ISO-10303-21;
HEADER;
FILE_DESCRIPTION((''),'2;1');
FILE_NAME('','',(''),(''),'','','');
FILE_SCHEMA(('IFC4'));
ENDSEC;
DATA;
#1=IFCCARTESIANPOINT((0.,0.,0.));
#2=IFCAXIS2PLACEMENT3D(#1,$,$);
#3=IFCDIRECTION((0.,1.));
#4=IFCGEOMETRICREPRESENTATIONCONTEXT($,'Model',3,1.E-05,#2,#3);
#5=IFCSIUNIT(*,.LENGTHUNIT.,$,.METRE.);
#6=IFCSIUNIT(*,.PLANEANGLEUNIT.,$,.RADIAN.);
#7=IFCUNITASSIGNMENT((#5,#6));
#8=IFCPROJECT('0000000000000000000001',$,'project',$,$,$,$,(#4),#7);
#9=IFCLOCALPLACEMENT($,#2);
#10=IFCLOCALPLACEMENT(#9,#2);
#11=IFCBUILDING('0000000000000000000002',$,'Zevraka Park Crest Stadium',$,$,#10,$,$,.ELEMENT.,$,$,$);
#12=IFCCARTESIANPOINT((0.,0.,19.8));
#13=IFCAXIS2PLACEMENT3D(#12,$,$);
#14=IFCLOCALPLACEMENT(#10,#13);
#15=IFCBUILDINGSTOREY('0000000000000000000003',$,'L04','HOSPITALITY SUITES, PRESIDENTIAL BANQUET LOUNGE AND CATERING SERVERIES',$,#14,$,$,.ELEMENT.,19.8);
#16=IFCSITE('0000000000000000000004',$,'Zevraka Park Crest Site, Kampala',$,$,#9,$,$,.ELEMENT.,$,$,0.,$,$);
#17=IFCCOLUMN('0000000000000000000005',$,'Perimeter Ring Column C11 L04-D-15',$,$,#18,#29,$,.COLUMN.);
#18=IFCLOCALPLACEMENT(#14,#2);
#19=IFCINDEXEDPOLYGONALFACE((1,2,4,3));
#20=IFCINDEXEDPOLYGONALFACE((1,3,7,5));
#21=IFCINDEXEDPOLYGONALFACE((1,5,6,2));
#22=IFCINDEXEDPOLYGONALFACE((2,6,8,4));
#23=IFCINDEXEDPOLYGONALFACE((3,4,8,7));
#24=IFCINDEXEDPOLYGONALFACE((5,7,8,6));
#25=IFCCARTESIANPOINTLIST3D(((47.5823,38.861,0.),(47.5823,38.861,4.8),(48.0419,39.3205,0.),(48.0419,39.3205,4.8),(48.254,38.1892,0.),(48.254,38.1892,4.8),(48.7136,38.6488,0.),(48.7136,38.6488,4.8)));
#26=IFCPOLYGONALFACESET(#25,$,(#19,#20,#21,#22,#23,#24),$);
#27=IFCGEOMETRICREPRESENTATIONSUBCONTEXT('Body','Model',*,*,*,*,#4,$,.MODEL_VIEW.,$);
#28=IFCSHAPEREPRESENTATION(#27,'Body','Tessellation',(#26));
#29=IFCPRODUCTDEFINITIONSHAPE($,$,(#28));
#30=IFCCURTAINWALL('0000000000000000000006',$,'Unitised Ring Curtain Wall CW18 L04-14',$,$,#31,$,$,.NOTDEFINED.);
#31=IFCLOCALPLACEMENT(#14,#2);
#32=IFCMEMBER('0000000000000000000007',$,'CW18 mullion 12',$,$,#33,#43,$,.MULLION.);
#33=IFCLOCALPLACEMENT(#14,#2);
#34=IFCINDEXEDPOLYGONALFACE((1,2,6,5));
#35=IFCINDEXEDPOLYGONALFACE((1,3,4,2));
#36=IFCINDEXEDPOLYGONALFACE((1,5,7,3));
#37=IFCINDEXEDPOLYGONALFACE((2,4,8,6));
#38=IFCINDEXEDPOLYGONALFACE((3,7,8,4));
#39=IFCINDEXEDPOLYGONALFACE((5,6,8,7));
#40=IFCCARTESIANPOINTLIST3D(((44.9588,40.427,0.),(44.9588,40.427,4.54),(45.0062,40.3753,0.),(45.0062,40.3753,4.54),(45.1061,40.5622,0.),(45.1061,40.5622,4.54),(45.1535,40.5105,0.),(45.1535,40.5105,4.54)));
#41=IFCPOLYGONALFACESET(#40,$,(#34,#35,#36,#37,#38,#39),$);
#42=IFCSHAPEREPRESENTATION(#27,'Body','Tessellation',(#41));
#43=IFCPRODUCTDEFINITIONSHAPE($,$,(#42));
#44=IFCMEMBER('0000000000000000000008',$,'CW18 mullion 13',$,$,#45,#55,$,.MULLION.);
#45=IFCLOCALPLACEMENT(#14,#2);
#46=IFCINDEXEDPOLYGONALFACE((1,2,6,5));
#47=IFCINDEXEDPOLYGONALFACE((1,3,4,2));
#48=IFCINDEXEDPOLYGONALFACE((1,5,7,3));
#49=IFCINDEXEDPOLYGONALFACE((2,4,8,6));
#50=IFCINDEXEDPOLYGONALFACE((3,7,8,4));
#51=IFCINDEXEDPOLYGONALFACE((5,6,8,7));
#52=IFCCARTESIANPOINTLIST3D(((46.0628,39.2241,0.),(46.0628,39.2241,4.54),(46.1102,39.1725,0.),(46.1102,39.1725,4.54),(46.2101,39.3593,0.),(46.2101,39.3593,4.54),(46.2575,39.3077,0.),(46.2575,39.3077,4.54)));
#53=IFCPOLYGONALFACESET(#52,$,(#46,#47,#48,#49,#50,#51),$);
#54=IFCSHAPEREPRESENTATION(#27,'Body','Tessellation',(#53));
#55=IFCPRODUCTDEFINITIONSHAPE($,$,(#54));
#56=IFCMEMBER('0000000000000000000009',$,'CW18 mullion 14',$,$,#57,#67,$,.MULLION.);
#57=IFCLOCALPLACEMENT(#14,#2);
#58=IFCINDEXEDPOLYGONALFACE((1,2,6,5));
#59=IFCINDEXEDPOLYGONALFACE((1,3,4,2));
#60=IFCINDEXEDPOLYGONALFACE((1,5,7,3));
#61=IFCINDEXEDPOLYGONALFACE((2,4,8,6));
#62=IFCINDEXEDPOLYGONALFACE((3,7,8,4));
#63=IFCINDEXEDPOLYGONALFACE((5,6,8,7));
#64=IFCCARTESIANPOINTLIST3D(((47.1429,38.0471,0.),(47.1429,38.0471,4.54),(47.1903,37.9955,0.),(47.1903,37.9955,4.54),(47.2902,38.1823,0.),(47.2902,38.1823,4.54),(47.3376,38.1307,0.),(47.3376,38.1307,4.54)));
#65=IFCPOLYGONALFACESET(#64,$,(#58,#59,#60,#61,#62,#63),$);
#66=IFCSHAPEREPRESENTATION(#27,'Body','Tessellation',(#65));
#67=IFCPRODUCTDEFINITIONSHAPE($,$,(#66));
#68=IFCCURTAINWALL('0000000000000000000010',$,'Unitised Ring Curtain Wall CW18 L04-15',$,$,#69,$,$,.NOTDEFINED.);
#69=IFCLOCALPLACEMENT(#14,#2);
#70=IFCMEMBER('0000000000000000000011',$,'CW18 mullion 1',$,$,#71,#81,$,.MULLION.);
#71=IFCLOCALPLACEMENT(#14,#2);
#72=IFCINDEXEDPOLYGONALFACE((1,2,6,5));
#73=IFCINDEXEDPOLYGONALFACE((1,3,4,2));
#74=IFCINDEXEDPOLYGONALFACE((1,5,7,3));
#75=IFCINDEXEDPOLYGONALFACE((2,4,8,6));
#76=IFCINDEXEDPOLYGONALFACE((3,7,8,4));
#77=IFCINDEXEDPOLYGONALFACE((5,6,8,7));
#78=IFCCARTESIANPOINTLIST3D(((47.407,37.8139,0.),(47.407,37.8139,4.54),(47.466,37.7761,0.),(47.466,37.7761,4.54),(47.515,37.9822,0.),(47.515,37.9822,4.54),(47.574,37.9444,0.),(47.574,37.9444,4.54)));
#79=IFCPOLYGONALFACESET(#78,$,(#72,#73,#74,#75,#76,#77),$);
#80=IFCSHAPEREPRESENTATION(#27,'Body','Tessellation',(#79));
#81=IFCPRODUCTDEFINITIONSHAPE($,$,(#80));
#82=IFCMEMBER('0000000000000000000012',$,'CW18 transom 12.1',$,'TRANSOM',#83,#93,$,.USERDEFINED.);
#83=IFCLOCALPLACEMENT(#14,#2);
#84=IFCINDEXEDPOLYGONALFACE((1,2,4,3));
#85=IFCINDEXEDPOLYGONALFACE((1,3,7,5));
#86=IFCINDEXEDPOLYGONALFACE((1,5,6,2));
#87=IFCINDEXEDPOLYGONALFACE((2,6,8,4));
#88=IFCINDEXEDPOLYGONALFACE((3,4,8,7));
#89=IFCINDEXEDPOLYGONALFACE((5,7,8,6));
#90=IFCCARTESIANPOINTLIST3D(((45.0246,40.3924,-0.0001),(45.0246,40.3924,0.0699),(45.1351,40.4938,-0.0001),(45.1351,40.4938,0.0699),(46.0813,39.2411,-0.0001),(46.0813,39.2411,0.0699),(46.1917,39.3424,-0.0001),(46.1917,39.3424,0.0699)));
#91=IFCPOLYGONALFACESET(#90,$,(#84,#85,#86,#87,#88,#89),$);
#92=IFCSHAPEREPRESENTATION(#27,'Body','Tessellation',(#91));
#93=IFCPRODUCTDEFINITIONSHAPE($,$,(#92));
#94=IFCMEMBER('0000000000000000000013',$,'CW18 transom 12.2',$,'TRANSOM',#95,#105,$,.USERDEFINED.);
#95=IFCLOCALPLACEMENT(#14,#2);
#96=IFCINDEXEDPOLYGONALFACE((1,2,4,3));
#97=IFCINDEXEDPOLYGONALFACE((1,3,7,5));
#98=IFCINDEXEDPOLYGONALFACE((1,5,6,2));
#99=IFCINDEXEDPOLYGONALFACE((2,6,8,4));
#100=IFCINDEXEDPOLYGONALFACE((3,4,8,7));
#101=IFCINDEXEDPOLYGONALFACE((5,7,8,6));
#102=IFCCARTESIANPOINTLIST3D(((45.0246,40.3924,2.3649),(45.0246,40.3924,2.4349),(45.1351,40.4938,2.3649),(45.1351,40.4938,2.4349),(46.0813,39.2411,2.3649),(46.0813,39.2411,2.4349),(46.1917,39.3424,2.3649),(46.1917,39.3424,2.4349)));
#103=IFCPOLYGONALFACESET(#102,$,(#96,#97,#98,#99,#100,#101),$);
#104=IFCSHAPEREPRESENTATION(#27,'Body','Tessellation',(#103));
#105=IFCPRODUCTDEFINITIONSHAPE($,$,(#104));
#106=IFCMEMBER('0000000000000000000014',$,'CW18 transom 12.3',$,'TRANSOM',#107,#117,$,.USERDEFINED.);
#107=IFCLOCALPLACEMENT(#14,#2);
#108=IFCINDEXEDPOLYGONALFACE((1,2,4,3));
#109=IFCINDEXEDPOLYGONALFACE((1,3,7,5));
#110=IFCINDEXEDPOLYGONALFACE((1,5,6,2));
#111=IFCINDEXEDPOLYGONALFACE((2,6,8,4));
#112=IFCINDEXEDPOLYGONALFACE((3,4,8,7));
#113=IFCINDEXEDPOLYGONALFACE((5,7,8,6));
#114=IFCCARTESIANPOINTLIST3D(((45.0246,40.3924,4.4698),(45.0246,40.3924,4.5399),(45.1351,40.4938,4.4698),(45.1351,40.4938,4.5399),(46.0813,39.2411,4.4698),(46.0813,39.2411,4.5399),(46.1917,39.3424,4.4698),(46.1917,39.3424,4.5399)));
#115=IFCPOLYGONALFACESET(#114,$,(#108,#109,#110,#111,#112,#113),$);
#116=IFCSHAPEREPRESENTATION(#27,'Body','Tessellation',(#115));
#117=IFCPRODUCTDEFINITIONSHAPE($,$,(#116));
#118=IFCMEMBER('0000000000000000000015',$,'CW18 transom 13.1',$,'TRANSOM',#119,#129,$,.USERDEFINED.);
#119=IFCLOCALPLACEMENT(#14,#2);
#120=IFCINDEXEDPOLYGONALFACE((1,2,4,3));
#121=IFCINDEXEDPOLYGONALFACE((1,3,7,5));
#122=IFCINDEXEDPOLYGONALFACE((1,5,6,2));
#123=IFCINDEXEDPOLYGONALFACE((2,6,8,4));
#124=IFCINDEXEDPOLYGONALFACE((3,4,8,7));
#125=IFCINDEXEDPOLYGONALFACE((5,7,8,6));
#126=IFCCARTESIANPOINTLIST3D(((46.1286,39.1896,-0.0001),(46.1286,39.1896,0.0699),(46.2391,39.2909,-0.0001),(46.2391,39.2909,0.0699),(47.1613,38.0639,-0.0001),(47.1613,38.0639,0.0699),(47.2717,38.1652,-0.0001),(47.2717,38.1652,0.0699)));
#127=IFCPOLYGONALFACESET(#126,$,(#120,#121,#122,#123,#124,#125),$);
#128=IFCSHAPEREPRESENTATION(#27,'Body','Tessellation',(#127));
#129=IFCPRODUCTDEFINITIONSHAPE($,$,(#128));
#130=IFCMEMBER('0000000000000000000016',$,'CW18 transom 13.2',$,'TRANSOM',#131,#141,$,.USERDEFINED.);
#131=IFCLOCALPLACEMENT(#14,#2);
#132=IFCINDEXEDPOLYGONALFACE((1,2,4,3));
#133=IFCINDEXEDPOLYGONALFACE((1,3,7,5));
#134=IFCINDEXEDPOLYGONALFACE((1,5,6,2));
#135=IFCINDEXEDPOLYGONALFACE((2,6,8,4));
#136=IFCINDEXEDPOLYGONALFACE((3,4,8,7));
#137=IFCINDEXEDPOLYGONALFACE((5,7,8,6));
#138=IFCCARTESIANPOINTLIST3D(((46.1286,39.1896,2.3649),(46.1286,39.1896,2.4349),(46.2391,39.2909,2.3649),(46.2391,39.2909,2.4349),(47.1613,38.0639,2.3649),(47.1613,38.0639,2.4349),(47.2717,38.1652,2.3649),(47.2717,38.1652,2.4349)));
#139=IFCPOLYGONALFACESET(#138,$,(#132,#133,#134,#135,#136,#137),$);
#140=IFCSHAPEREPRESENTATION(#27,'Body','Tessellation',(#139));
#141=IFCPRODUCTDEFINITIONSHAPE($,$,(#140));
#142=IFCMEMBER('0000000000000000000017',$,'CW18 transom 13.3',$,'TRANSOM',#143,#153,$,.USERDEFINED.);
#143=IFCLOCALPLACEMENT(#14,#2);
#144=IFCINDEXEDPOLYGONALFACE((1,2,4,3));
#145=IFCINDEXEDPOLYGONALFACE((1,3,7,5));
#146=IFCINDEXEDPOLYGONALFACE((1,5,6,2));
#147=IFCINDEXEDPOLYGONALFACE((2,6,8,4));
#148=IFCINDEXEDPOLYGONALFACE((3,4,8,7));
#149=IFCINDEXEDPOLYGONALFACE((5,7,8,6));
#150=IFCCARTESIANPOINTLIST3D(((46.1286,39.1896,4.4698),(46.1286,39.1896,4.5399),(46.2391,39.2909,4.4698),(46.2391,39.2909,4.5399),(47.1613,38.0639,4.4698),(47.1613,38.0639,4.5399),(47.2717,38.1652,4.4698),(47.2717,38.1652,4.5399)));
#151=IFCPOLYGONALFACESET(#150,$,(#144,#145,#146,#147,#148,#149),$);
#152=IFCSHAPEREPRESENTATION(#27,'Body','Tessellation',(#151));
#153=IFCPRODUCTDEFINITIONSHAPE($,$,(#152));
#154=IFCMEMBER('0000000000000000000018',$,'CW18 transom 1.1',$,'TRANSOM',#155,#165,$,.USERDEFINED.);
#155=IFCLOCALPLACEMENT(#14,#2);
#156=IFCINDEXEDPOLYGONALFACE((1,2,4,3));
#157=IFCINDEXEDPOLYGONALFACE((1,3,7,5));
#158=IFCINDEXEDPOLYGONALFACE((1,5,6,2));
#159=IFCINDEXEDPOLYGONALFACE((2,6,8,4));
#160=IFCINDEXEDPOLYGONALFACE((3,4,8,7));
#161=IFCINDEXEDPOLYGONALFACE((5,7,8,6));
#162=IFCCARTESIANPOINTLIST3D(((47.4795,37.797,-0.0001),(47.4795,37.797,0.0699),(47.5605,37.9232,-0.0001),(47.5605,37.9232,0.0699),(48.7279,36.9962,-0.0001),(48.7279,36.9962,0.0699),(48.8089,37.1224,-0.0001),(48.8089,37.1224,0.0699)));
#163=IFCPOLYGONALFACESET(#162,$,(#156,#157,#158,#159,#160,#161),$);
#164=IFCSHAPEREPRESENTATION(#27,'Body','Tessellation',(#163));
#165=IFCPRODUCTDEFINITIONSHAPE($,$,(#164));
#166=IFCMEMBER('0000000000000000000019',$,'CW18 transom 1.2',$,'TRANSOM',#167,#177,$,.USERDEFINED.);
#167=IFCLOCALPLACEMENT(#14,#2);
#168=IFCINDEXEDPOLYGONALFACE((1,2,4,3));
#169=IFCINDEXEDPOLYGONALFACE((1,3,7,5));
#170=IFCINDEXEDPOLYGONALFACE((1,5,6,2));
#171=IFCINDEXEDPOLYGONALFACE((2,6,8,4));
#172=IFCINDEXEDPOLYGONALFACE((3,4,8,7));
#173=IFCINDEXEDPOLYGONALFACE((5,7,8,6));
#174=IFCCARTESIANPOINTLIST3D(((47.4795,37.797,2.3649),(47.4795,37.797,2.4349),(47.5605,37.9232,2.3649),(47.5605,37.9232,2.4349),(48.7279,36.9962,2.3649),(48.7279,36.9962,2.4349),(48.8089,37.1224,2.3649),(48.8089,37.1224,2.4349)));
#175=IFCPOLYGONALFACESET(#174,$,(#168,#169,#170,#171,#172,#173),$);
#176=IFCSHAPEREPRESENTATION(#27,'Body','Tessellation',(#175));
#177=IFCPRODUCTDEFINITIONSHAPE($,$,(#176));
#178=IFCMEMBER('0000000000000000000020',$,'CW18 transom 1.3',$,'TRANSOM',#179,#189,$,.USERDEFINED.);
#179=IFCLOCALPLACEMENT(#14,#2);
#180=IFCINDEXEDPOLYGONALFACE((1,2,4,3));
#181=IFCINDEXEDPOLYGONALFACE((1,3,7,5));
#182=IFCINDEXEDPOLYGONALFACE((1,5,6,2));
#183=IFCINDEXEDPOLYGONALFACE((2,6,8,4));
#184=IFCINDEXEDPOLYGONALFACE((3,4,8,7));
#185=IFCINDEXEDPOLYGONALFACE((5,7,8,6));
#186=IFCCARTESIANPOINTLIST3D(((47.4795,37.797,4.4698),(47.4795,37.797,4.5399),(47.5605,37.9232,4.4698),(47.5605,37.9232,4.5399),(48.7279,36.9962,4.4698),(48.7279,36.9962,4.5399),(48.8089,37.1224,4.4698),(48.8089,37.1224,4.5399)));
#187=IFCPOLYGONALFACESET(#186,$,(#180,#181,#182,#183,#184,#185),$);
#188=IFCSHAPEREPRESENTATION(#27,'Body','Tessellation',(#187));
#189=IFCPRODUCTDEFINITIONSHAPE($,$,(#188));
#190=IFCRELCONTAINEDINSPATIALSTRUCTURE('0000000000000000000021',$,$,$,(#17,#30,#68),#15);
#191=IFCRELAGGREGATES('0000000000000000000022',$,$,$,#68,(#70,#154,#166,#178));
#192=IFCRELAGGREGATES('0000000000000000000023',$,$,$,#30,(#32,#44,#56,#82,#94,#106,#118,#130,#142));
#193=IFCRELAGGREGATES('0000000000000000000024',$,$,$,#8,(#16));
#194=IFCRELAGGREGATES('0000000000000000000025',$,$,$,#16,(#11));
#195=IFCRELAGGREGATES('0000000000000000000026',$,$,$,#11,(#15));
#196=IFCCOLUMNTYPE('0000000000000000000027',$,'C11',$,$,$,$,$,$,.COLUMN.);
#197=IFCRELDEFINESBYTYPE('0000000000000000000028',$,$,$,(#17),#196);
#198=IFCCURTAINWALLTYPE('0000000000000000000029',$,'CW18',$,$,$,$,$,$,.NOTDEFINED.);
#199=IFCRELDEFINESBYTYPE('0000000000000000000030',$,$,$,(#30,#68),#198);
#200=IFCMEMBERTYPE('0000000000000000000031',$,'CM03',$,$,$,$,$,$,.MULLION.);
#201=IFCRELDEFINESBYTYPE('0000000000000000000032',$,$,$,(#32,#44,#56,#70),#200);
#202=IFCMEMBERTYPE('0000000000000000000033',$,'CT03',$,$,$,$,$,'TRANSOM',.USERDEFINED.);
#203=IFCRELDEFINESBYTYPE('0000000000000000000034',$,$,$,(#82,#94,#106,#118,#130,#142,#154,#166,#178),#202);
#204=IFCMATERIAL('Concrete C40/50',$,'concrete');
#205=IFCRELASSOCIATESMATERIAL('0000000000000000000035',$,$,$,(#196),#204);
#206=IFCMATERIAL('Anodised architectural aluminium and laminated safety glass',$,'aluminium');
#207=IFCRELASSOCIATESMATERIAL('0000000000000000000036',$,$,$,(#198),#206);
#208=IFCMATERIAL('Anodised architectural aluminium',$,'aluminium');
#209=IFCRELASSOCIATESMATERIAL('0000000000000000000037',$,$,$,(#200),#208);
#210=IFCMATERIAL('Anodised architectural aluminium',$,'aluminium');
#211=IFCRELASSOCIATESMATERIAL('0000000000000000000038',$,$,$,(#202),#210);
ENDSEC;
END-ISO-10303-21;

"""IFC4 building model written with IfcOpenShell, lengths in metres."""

from ifc_helpers import new_model, si_unit, direction, frame, origin, origin_2d, place, context, subcontext, project, spatial, rectangle, extrude, material, material_profile, profile_set, type_object, element, aggregate, save


model = new_model("IFC4")

# Units and contexts
model_context = context("Model", 3, precision=1e-05, world=origin(), true_north=direction((0.0, 1.0)))
body_context = subcontext(model_context, "Body", "Model", "MODEL_VIEW")
ifc_project = project(units=[si_unit("LENGTHUNIT", "METRE"), si_unit("PLANEANGLEUNIT", "RADIAN")], contexts=[model_context])

# Site, building, storey
site_placement = place(None, origin())
site = spatial("IfcSite", under=ifc_project, at=site_placement, Name="Zevraka Park Crest Site, Kampala", CompositionType="ELEMENT", RefElevation=0.0)
building_placement = place(site_placement, origin())
building = spatial("IfcBuilding", under=site, at=building_placement, Name="Zevraka Park Crest Stadium", CompositionType="ELEMENT")
storey_placement = place(building_placement, frame((0.0, 0.0, 19.8)))
storey = spatial("IfcBuildingStorey", under=building, at=storey_placement, Name="L04", Description="HOSPITALITY SUITES, PRESIDENTIAL BANQUET LOUNGE AND CATERING SERVERIES", CompositionType="ELEMENT", Elevation=19.8)

# Column
ifc_material_1 = material(Name="Concrete C40/50", Category="concrete")
ifc_material_profile_1 = material_profile(ifc_material_1, rectangle(XDim=0.6499, YDim=0.95, at=origin_2d()), Name="RC 950x650")
ifc_profile_set_1 = profile_set([ifc_material_profile_1], Name="Concrete C40/50")
column_type = type_object("IfcColumnType", Name="C11", PredefinedType="COLUMN", material=ifc_profile_set_1)
column_placement = place(storey_placement, frame((48.1479, 38.7549, 0.0), z_axis=(0.0, 0.0, 1.0), x_axis=(0.707107, 0.707107, 0.0)))
element("IfcColumn", 1, at=column_placement, inside=storey, type_object=column_type, Name="Perimeter Ring Column C11 L04-D-15", PredefinedType="COLUMN", context=body_context, shape_type="SweptSolid", body=[
    extrude(rectangle(XDim=0.6499, YDim=0.95, at=origin_2d()), origin(), (0.0, 0.0, 1.0), 4.8),
])

# Curtain wall, members
ifc_material_2 = material(Name="Anodised architectural aluminium and laminated safety glass", Category="aluminium")
curtain_wall_type = type_object("IfcCurtainWallType", Name="CW18", PredefinedType="NOTDEFINED", material=ifc_material_2)
curtain_wall_1_placement = place(storey_placement, origin())
curtain_wall_1 = element("IfcCurtainWall", 2, at=curtain_wall_1_placement, inside=storey, type_object=curtain_wall_type, Name="Unitised Ring Curtain Wall CW18 L04-14", PredefinedType="NOTDEFINED")
ifc_material_3 = material(Name="Anodised architectural aluminium", Category="aluminium")
ifc_material_profile_2 = material_profile(ifc_material_3, rectangle(XDim=0.2, YDim=0.0701, at=origin_2d()), Name="ALU MULLION 200x70")
ifc_profile_set_2 = profile_set([ifc_material_profile_2], Name="Anodised architectural aluminium")
member_type_1 = type_object("IfcMemberType", Name="CM03", PredefinedType="MULLION", material=ifc_profile_set_2)
member_1_placement = place(storey_placement, frame((45.0562, 40.4688, 0.0), z_axis=(0.0, 0.0, 1.0), x_axis=(0.736775, 0.676138, 0.0)))
member_1 = element("IfcMember", 3, at=member_1_placement, type_object=member_type_1, Name="CW18 mullion 12", PredefinedType="MULLION", context=body_context, shape_type="SweptSolid", body=[
    extrude(rectangle(XDim=0.2, YDim=0.0701, at=origin_2d()), origin(), (0.0, 0.0, 1.0), 4.54),
])
member_2_placement = place(storey_placement, frame((46.1602, 39.2659, 0.0), z_axis=(0.0, 0.0, 1.0), x_axis=(0.736775, 0.676138, 0.0)))
member_2 = element("IfcMember", 4, at=member_2_placement, type_object=member_type_1, Name="CW18 mullion 13", PredefinedType="MULLION", context=body_context, shape_type="SweptSolid", body=[
    extrude(rectangle(XDim=0.2, YDim=0.0701, at=origin_2d()), origin(), (0.0, 0.0, 1.0), 4.54),
])
member_3_placement = place(storey_placement, frame((47.2402, 38.0889, 0.0), z_axis=(0.0, 0.0, 1.0), x_axis=(0.736775, 0.676138, 0.0)))
member_3 = element("IfcMember", 5, at=member_3_placement, type_object=member_type_1, Name="CW18 mullion 14", PredefinedType="MULLION", context=body_context, shape_type="SweptSolid", body=[
    extrude(rectangle(XDim=0.2, YDim=0.0701, at=origin_2d()), origin(), (0.0, 0.0, 1.0), 4.54),
])

# Curtain wall, member
curtain_wall_2_placement = place(storey_placement, origin())
curtain_wall_2 = element("IfcCurtainWall", 6, at=curtain_wall_2_placement, inside=storey, type_object=curtain_wall_type, Name="Unitised Ring Curtain Wall CW18 L04-15", PredefinedType="NOTDEFINED")
member_4_placement = place(storey_placement, frame((47.4905, 37.8792, 0.0), z_axis=(0.0, 0.0, 1.0), x_axis=(0.53998, 0.841678, 0.0)))
member_4 = element("IfcMember", 7, at=member_4_placement, type_object=member_type_1, Name="CW18 mullion 1", PredefinedType="MULLION", context=body_context, shape_type="SweptSolid", body=[
    extrude(rectangle(XDim=0.2, YDim=0.0701, at=origin_2d()), origin(), (0.0, 0.0, 1.0), 4.54),
])

# Members
ifc_material_4 = material(Name="Anodised architectural aluminium", Category="aluminium")
ifc_material_profile_3 = material_profile(ifc_material_4, rectangle(XDim=0.1499, YDim=0.0701, at=origin_2d()), Name="ALU TRANSOM 150x70")
ifc_profile_set_3 = profile_set([ifc_material_profile_3], Name="Anodised architectural aluminium")
member_type_2 = type_object("IfcMemberType", Name="CT03", ElementType="TRANSOM", PredefinedType="USERDEFINED", material=ifc_profile_set_3)
member_5_placement = place(storey_placement, frame((45.0798, 40.4431, 0.0349), z_axis=(0.676149, -0.736765, 0.0), x_axis=(0.736765, 0.676149, 0.0)))
member_5 = element("IfcMember", 8, at=member_5_placement, type_object=member_type_2, Name="CW18 transom 12.1", ObjectType="TRANSOM", PredefinedType="USERDEFINED", context=body_context, shape_type="SweptSolid", body=[
    extrude(rectangle(XDim=0.1499, YDim=0.0701, at=origin_2d()), origin(), (0.0, 0.0, 1.0), 1.5627),
])
member_6_placement = place(storey_placement, frame((45.0798, 40.4431, 2.3999), z_axis=(0.676149, -0.736765, 0.0), x_axis=(0.736765, 0.676149, 0.0)))
member_6 = element("IfcMember", 9, at=member_6_placement, type_object=member_type_2, Name="CW18 transom 12.2", ObjectType="TRANSOM", PredefinedType="USERDEFINED", context=body_context, shape_type="SweptSolid", body=[
    extrude(rectangle(XDim=0.1499, YDim=0.0701, at=origin_2d()), origin(), (0.0, 0.0, 1.0), 1.5627),
])
member_7_placement = place(storey_placement, frame((45.0798, 40.4431, 4.5049), z_axis=(0.676149, -0.736765, 0.0), x_axis=(0.736765, 0.676149, 0.0)))
member_7 = element("IfcMember", 10, at=member_7_placement, type_object=member_type_2, Name="CW18 transom 12.3", ObjectType="TRANSOM", PredefinedType="USERDEFINED", context=body_context, shape_type="SweptSolid", body=[
    extrude(rectangle(XDim=0.1499, YDim=0.0701, at=origin_2d()), origin(), (0.0, 0.0, 1.0), 1.5627),
])
member_8_placement = place(storey_placement, frame((46.1838, 39.2402, 0.0349), z_axis=(0.676007, -0.736895, 0.0), x_axis=(0.736895, 0.676007, 0.0)))
member_8 = element("IfcMember", 11, at=member_8_placement, type_object=member_type_2, Name="CW18 transom 13.1", ObjectType="TRANSOM", PredefinedType="USERDEFINED", context=body_context, shape_type="SweptSolid", body=[
    extrude(rectangle(XDim=0.1499, YDim=0.0701, at=origin_2d()), origin(), (0.0, 0.0, 1.0), 1.5276),
])
member_9_placement = place(storey_placement, frame((46.1838, 39.2402, 2.3999), z_axis=(0.676007, -0.736895, 0.0), x_axis=(0.736895, 0.676007, 0.0)))
member_9 = element("IfcMember", 12, at=member_9_placement, type_object=member_type_2, Name="CW18 transom 13.2", ObjectType="TRANSOM", PredefinedType="USERDEFINED", context=body_context, shape_type="SweptSolid", body=[
    extrude(rectangle(XDim=0.1499, YDim=0.0701, at=origin_2d()), origin(), (0.0, 0.0, 1.0), 1.5276),
])
member_10_placement = place(storey_placement, frame((46.1838, 39.2402, 4.5049), z_axis=(0.676007, -0.736895, 0.0), x_axis=(0.736895, 0.676007, 0.0)))
member_10 = element("IfcMember", 13, at=member_10_placement, type_object=member_type_2, Name="CW18 transom 13.3", ObjectType="TRANSOM", PredefinedType="USERDEFINED", context=body_context, shape_type="SweptSolid", body=[
    extrude(rectangle(XDim=0.1499, YDim=0.0701, at=origin_2d()), origin(), (0.0, 0.0, 1.0), 1.5276),
])
member_11_placement = place(storey_placement, frame((47.52, 37.8601, 0.0349), z_axis=(0.841697, -0.53995, 0.0), x_axis=(0.53995, 0.841697, 0.0)))
member_11 = element("IfcMember", 14, at=member_11_placement, type_object=member_type_2, Name="CW18 transom 1.1", ObjectType="TRANSOM", PredefinedType="USERDEFINED", context=body_context, shape_type="SweptSolid", body=[
    extrude(rectangle(XDim=0.1499, YDim=0.0701, at=origin_2d()), origin(), (0.0, 0.0, 1.0), 1.4832),
])
member_12_placement = place(storey_placement, frame((47.52, 37.8601, 2.3999), z_axis=(0.841697, -0.53995, 0.0), x_axis=(0.53995, 0.841697, 0.0)))
member_12 = element("IfcMember", 15, at=member_12_placement, type_object=member_type_2, Name="CW18 transom 1.2", ObjectType="TRANSOM", PredefinedType="USERDEFINED", context=body_context, shape_type="SweptSolid", body=[
    extrude(rectangle(XDim=0.1499, YDim=0.0701, at=origin_2d()), origin(), (0.0, 0.0, 1.0), 1.4832),
])
member_13_placement = place(storey_placement, frame((47.52, 37.8601, 4.5049), z_axis=(0.841697, -0.53995, 0.0), x_axis=(0.53995, 0.841697, 0.0)))
member_13 = element("IfcMember", 16, at=member_13_placement, type_object=member_type_2, Name="CW18 transom 1.3", ObjectType="TRANSOM", PredefinedType="USERDEFINED", context=body_context, shape_type="SweptSolid", body=[
    extrude(rectangle(XDim=0.1499, YDim=0.0701, at=origin_2d()), origin(), (0.0, 0.0, 1.0), 1.4832),
])
aggregate(curtain_wall_2, [member_4, member_11, member_12, member_13])

aggregate(curtain_wall_1, [member_1, member_2, member_3, member_5, member_6, member_7, member_8, member_9, member_10])

save(model, "model.ifc")
